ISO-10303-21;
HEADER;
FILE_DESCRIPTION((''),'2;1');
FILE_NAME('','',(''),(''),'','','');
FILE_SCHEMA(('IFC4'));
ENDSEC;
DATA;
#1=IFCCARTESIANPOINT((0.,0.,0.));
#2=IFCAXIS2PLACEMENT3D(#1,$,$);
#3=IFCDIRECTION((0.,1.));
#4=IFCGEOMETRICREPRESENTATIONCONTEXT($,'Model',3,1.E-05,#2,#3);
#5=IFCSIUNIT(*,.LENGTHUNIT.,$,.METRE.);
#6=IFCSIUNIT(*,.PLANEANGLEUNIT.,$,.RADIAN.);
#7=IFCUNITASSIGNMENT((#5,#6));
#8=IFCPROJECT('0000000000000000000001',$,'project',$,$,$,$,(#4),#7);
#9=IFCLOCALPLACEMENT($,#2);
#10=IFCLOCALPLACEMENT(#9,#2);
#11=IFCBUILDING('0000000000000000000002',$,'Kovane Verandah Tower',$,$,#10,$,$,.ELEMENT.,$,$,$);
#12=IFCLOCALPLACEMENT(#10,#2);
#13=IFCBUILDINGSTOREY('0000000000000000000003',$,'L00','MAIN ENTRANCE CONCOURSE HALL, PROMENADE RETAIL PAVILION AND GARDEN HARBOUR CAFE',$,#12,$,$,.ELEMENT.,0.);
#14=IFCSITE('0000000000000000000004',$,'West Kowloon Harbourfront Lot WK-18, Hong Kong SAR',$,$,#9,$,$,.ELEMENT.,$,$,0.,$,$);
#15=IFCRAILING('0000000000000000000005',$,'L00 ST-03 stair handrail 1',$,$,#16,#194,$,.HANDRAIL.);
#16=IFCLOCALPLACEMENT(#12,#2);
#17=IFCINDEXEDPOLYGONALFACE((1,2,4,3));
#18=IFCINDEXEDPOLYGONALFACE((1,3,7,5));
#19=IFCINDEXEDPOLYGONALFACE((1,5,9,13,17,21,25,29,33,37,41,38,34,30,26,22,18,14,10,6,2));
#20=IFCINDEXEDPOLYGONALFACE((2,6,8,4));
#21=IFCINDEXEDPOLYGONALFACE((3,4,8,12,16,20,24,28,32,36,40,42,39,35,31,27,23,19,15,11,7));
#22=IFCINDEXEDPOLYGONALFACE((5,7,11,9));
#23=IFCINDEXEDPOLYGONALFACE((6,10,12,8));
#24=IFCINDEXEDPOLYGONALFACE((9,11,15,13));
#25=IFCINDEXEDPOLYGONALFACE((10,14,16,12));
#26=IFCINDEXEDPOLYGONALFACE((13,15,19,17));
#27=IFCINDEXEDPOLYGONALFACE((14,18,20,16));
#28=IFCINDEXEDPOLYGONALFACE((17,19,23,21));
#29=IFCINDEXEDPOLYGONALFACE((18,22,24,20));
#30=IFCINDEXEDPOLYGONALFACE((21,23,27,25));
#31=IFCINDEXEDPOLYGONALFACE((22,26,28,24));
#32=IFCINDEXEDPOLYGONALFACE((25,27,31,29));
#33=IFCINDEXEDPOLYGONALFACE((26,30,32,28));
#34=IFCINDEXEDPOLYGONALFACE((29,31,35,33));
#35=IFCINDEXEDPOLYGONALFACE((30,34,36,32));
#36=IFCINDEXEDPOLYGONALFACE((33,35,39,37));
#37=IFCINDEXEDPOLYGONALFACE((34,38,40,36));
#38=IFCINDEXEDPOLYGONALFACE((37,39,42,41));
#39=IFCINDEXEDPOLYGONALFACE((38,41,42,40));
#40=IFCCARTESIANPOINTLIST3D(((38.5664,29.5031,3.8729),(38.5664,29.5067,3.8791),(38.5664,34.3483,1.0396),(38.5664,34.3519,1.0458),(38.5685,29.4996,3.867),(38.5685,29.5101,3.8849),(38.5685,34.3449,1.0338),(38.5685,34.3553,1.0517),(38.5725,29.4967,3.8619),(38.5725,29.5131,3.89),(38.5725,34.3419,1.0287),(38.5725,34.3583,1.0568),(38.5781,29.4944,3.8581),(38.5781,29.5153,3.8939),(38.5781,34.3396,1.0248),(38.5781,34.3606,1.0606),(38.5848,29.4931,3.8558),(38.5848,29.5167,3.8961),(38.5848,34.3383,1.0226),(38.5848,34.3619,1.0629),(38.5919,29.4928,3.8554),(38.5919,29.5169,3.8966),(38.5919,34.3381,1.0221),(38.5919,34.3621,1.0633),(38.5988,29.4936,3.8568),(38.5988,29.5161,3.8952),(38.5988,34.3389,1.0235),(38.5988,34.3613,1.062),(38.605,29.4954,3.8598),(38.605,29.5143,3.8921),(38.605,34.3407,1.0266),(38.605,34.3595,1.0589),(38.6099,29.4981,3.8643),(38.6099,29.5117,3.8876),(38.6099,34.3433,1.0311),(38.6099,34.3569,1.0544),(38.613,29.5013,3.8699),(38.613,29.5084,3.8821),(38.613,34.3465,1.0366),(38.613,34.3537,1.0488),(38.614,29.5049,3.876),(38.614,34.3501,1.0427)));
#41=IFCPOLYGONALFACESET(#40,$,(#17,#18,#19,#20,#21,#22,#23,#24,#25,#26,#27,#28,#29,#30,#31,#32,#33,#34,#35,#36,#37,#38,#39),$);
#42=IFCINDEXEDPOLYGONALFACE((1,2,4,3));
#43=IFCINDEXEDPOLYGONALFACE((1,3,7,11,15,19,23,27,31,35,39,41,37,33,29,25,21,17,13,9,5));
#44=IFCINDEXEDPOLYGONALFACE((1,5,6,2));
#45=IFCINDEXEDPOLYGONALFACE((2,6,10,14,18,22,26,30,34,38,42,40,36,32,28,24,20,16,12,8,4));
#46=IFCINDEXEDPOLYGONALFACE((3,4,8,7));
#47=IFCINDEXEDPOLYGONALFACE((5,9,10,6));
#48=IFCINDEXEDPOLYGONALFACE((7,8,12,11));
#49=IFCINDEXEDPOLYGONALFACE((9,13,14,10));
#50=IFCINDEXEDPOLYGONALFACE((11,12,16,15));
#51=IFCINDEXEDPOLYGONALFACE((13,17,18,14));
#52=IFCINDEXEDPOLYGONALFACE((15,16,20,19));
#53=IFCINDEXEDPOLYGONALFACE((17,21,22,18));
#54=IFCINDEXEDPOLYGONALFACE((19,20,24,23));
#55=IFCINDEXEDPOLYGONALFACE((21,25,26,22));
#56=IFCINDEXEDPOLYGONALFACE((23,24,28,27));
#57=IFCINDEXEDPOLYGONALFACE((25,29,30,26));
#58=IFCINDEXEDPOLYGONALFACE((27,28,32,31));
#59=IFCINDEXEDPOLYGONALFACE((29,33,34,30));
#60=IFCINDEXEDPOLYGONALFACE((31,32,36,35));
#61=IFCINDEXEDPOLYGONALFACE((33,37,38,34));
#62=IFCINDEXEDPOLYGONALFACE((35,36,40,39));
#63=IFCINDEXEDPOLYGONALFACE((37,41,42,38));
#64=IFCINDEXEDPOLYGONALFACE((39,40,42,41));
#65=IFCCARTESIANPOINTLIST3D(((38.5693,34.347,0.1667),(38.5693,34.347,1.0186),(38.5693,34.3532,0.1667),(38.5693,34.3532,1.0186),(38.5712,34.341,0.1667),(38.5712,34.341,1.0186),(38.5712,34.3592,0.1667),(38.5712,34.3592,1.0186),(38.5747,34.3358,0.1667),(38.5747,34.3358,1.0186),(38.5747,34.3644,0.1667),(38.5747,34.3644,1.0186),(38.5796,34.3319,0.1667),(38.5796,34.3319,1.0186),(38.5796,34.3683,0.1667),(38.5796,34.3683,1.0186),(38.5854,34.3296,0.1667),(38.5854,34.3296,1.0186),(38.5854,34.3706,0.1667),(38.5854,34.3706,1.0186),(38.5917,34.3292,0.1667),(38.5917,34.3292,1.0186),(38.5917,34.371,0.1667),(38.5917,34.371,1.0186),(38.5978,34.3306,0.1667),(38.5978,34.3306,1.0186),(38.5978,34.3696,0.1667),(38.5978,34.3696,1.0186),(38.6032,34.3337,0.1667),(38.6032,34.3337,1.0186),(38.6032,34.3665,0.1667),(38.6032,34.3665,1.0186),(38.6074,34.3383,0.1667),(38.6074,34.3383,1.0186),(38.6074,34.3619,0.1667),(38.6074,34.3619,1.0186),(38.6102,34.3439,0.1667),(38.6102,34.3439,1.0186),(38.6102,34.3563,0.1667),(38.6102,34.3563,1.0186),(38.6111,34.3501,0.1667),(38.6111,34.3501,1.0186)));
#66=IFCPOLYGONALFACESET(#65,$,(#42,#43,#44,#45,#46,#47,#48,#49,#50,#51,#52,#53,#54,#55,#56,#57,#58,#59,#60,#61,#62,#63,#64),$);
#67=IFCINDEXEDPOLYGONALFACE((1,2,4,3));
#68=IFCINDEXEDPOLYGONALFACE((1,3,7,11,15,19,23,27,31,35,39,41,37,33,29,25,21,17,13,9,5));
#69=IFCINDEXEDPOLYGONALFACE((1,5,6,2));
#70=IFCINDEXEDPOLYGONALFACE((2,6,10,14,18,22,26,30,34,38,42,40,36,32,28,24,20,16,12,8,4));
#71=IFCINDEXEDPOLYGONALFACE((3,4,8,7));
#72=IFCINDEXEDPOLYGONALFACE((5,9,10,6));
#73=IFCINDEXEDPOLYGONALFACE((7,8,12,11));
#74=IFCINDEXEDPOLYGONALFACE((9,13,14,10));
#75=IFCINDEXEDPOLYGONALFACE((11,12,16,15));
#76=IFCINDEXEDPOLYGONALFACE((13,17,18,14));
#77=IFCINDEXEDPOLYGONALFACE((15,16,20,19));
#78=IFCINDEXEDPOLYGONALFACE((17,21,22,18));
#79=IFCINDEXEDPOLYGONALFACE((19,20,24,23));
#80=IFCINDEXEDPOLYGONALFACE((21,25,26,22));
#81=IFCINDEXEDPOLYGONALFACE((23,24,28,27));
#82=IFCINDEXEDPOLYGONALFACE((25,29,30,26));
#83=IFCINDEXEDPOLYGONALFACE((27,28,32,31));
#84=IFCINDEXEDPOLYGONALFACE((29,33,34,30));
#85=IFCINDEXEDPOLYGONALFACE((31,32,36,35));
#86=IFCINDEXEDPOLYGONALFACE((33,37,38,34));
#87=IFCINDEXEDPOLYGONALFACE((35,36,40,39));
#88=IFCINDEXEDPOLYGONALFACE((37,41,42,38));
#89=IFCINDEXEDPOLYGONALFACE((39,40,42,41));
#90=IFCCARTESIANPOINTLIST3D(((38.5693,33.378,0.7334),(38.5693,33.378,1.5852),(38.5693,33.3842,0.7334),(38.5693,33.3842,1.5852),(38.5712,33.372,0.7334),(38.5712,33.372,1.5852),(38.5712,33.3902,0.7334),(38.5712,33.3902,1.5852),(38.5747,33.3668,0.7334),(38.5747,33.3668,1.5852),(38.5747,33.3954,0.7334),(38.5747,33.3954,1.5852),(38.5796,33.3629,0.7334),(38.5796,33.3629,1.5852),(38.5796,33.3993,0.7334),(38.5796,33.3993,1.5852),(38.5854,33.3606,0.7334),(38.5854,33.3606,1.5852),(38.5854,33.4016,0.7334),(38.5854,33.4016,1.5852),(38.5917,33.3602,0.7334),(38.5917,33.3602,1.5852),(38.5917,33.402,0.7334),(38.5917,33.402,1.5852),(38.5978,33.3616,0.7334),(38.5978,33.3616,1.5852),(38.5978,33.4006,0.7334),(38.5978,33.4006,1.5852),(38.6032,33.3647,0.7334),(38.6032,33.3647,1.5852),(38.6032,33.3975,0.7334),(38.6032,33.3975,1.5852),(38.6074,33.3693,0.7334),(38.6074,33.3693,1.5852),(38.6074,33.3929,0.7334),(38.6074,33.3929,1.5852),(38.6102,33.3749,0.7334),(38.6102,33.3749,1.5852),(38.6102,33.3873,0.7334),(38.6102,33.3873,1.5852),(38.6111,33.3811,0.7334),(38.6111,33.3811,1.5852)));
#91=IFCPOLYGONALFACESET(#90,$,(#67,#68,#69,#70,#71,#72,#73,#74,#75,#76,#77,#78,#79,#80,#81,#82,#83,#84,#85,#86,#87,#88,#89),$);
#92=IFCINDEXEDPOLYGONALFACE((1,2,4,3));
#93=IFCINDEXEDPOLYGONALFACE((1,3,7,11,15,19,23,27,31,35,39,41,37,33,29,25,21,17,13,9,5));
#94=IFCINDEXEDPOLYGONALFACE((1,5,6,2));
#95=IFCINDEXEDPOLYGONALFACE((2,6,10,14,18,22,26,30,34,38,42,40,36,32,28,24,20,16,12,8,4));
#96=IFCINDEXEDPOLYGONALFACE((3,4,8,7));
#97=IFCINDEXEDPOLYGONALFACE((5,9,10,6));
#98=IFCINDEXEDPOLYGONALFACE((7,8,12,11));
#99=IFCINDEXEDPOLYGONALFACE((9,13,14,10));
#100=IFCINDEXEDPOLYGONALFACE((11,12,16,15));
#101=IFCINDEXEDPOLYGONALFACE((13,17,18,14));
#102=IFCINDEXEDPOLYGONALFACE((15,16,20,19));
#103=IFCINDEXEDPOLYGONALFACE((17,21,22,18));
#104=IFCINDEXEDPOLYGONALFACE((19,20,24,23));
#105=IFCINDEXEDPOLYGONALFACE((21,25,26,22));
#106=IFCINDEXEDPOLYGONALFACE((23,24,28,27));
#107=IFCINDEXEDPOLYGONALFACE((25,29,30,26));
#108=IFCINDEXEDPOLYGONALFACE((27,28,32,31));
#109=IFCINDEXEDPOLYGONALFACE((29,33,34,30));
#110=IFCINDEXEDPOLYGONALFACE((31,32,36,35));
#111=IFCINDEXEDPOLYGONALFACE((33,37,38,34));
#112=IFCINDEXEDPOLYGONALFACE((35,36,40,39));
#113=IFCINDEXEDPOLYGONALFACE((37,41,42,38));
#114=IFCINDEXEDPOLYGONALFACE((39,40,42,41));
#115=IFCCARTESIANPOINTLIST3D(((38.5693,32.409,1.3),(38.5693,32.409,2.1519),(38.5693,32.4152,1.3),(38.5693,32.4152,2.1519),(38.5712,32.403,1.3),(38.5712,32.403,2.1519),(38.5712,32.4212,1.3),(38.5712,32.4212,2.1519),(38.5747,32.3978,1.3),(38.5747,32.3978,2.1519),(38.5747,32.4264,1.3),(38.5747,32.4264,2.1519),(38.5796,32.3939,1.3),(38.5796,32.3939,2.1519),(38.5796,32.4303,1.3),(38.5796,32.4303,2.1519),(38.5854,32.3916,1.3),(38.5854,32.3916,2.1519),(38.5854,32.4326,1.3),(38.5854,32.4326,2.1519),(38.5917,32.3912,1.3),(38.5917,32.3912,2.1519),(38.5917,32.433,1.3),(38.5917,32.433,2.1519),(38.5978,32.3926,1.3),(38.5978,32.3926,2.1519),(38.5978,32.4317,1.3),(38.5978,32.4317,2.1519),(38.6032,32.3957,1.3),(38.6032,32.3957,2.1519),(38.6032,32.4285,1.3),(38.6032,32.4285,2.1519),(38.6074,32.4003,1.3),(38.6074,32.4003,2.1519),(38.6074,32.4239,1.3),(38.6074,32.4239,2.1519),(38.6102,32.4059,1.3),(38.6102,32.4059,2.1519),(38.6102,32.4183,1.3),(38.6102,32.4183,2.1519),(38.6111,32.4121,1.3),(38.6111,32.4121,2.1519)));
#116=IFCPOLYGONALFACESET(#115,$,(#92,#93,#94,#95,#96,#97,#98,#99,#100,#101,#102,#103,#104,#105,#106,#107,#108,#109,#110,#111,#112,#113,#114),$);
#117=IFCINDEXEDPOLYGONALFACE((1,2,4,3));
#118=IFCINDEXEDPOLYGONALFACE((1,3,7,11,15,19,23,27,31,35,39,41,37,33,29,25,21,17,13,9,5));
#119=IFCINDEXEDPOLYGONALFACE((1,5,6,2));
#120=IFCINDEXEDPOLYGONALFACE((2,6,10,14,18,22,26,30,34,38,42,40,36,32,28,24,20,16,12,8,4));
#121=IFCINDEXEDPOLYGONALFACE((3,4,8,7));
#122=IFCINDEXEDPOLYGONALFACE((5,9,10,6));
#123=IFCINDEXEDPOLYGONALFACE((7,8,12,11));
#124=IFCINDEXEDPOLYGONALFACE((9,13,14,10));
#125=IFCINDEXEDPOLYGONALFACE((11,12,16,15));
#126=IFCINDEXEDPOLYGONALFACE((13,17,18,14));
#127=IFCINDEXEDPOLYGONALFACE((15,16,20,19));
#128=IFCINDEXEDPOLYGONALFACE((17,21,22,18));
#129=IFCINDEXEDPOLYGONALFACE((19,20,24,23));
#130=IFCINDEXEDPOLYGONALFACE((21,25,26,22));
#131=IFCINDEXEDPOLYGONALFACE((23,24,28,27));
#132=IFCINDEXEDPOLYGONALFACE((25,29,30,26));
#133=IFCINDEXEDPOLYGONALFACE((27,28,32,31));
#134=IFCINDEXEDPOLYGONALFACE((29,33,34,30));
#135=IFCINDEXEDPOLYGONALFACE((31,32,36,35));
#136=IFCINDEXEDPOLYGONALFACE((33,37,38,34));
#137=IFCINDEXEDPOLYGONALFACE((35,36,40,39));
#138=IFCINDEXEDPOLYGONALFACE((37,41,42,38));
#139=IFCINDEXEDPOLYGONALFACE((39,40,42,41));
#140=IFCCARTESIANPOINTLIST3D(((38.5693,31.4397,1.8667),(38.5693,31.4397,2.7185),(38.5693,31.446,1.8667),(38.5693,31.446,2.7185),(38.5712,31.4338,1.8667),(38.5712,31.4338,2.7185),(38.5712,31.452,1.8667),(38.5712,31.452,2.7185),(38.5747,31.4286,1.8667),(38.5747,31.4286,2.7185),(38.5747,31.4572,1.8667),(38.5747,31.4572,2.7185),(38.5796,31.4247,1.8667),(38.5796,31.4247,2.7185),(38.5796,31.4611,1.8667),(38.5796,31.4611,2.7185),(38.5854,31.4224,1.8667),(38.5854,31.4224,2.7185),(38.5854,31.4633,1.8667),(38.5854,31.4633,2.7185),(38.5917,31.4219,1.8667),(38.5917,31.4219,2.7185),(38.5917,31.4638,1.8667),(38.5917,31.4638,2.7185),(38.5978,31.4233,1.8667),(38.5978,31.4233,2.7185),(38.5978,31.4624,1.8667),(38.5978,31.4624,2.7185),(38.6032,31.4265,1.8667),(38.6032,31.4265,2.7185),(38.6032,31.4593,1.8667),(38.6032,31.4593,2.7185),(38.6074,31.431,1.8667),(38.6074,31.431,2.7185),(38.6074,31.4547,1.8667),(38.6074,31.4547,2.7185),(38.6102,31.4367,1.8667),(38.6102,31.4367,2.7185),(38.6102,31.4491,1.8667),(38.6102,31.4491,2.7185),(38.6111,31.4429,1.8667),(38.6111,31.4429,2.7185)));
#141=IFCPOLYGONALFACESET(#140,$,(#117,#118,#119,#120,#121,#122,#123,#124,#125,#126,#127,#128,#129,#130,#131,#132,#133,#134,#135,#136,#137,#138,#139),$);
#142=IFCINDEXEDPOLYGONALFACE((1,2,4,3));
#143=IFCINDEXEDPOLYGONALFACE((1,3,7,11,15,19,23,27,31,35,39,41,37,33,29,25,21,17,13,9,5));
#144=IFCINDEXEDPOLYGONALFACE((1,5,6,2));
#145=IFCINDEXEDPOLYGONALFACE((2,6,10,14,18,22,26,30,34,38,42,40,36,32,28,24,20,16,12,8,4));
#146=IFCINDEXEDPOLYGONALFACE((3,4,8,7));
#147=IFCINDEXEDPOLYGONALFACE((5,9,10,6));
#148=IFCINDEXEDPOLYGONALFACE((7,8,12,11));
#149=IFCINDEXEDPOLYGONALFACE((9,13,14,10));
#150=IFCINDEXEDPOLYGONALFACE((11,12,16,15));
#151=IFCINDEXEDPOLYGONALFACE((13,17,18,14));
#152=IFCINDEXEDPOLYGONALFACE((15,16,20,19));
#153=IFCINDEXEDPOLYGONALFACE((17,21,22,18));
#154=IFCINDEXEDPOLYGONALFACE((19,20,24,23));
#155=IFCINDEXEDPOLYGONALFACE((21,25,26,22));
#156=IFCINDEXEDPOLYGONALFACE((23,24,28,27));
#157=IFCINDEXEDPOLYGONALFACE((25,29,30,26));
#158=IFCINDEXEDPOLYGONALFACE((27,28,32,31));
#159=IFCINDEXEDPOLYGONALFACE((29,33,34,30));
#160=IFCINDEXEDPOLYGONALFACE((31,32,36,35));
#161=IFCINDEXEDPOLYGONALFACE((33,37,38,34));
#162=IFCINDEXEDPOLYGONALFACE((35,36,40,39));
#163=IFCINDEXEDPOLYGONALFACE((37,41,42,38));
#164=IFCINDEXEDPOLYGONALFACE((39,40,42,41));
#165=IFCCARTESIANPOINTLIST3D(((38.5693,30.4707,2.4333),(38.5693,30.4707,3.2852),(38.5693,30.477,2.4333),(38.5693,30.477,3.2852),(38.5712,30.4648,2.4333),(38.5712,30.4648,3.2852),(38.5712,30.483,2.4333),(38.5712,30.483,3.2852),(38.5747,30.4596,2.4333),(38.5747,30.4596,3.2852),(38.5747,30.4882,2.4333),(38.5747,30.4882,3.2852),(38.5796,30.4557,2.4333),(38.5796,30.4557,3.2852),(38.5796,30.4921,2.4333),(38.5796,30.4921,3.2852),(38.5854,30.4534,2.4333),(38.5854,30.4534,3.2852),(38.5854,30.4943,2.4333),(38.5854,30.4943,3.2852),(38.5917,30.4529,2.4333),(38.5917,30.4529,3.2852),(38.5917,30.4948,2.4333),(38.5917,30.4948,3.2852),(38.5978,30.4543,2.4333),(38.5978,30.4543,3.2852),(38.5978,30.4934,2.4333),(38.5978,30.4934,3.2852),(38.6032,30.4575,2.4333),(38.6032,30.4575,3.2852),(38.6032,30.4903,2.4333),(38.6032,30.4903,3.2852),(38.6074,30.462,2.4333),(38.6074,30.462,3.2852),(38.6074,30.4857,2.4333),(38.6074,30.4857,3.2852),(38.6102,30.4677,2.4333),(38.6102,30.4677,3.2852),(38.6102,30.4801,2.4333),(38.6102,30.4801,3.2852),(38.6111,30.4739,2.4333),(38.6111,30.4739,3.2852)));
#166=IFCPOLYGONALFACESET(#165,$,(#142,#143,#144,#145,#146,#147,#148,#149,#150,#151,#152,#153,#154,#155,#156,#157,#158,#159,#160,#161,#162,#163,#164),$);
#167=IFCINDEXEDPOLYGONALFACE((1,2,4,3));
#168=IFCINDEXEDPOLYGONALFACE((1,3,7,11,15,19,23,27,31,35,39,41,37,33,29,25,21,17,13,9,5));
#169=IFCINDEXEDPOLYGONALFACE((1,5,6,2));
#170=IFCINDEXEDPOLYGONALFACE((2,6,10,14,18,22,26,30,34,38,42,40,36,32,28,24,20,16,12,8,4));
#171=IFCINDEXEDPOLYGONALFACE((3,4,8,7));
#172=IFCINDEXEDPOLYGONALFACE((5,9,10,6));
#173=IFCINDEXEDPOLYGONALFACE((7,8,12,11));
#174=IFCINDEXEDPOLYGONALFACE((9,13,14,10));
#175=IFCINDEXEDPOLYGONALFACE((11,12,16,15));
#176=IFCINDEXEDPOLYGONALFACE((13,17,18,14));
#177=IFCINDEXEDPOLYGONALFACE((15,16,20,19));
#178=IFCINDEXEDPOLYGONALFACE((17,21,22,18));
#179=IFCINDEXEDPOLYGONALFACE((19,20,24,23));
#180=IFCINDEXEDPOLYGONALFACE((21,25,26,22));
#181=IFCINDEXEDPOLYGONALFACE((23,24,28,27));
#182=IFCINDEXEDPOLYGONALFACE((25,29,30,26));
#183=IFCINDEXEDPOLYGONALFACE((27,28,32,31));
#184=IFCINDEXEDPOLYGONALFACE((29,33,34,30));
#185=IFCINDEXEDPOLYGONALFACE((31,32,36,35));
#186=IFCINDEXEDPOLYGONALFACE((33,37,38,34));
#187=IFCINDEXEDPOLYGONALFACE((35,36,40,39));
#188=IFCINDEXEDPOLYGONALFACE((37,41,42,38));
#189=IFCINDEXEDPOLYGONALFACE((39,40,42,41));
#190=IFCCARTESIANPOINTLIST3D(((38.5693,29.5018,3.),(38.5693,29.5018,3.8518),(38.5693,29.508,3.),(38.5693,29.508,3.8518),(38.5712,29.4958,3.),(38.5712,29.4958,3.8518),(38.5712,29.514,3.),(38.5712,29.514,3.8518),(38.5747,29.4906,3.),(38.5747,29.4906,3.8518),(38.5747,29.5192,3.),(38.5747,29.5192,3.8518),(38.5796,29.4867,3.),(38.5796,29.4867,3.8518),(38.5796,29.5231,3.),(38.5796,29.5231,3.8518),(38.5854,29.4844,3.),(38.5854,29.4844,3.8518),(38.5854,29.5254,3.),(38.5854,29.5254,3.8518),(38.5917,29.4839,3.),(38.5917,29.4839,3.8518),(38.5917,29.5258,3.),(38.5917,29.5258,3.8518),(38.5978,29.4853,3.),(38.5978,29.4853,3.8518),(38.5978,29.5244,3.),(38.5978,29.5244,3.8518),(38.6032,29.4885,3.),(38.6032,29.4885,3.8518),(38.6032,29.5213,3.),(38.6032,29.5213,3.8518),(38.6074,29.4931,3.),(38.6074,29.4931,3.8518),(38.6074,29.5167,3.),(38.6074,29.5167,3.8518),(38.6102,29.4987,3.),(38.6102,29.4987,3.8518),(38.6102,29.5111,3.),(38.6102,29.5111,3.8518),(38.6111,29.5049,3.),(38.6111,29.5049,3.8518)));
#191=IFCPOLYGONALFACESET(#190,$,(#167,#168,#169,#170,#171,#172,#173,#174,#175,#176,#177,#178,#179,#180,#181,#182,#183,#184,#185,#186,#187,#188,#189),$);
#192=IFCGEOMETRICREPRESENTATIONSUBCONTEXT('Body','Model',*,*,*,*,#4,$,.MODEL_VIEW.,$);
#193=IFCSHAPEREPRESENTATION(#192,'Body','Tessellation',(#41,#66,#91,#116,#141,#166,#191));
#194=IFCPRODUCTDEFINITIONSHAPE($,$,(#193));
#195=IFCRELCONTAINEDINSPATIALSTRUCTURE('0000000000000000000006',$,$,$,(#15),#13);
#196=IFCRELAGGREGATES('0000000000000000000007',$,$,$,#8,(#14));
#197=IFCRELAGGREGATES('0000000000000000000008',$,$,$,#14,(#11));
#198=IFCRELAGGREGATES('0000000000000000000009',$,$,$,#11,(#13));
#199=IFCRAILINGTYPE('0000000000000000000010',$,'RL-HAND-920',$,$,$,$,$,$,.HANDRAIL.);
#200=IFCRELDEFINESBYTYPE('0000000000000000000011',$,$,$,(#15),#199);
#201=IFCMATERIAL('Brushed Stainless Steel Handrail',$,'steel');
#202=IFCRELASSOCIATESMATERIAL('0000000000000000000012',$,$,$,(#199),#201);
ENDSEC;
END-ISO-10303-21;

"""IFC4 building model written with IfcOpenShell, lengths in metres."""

from ifc_helpers import new_model, si_unit, direction, frame, origin, origin_2d, place, context, subcontext, project, spatial, circle, extrude, material, type_object, element, save


model = new_model("IFC4")

# Units and contexts
model_context = context("Model", 3, precision=1e-05, world=origin(), true_north=direction((0.0, 1.0)))
body_context = subcontext(model_context, "Body", "Model", "MODEL_VIEW")
ifc_project = project(units=[si_unit("LENGTHUNIT", "METRE"), si_unit("PLANEANGLEUNIT", "RADIAN")], contexts=[model_context])

# Site, building, storey
site_placement = place(None, origin())
site = spatial("IfcSite", under=ifc_project, at=site_placement, Name="West Kowloon Harbourfront Lot WK-18, Hong Kong SAR", CompositionType="ELEMENT", RefElevation=0.0)
building_placement = place(site_placement, origin())
building = spatial("IfcBuilding", under=site, at=building_placement, Name="Kovane Verandah Tower", CompositionType="ELEMENT")
storey_placement = place(building_placement, origin())
storey = spatial("IfcBuildingStorey", under=building, at=storey_placement, Name="L00", Description="MAIN ENTRANCE CONCOURSE HALL, PROMENADE RETAIL PAVILION AND GARDEN HARBOUR CAFE", CompositionType="ELEMENT", Elevation=0.0)

# Railing
ifc_material_1 = material(Name="Brushed Stainless Steel Handrail", Category="steel")
railing_type_1 = type_object("IfcRailingType", Name="RL-HAND-920", PredefinedType="HANDRAIL", material=ifc_material_1)
railing_1_placement = place(storey_placement, frame((38.5901, 34.3501, 0.1667)))
element("IfcRailing", 1, at=railing_1_placement, inside=storey, type_object=railing_type_1, Name="L00 ST-03 stair handrail 1", PredefinedType="HANDRAIL", context=body_context, shape_type="SweptSolid", body=[
    extrude(circle(Radius=0.0239, at=origin_2d()), frame((0.0, 0.0, 0.876), z_axis=(0.0, -0.863245, 0.504785), x_axis=(1.0, 0.0, 0.0)), (0.0, 0.0, 1.0), 5.6128),
    extrude(circle(Radius=0.021, at=origin_2d()), origin(), (0.0, 0.0, 1.0), 0.8518),
    extrude(circle(Radius=0.021, at=origin_2d()), frame((0.0, -0.969, 0.5667)), (0.0, 0.0, 1.0), 0.8518),
    extrude(circle(Radius=0.021, at=origin_2d()), frame((0.0, -1.938, 1.1333)), (0.0, 0.0, 1.0), 0.8518),
    extrude(circle(Radius=0.021, at=origin_2d()), frame((0.0, -2.9072, 1.7)), (0.0, 0.0, 1.0), 0.8518),
    extrude(circle(Radius=0.021, at=origin_2d()), frame((0.0, -3.8762, 2.2666)), (0.0, 0.0, 1.0), 0.8518),
    extrude(circle(Radius=0.021, at=origin_2d()), frame((0.0, -4.8452, 2.8333)), (0.0, 0.0, 1.0), 0.8518),
])

save(model, "model.ifc")
